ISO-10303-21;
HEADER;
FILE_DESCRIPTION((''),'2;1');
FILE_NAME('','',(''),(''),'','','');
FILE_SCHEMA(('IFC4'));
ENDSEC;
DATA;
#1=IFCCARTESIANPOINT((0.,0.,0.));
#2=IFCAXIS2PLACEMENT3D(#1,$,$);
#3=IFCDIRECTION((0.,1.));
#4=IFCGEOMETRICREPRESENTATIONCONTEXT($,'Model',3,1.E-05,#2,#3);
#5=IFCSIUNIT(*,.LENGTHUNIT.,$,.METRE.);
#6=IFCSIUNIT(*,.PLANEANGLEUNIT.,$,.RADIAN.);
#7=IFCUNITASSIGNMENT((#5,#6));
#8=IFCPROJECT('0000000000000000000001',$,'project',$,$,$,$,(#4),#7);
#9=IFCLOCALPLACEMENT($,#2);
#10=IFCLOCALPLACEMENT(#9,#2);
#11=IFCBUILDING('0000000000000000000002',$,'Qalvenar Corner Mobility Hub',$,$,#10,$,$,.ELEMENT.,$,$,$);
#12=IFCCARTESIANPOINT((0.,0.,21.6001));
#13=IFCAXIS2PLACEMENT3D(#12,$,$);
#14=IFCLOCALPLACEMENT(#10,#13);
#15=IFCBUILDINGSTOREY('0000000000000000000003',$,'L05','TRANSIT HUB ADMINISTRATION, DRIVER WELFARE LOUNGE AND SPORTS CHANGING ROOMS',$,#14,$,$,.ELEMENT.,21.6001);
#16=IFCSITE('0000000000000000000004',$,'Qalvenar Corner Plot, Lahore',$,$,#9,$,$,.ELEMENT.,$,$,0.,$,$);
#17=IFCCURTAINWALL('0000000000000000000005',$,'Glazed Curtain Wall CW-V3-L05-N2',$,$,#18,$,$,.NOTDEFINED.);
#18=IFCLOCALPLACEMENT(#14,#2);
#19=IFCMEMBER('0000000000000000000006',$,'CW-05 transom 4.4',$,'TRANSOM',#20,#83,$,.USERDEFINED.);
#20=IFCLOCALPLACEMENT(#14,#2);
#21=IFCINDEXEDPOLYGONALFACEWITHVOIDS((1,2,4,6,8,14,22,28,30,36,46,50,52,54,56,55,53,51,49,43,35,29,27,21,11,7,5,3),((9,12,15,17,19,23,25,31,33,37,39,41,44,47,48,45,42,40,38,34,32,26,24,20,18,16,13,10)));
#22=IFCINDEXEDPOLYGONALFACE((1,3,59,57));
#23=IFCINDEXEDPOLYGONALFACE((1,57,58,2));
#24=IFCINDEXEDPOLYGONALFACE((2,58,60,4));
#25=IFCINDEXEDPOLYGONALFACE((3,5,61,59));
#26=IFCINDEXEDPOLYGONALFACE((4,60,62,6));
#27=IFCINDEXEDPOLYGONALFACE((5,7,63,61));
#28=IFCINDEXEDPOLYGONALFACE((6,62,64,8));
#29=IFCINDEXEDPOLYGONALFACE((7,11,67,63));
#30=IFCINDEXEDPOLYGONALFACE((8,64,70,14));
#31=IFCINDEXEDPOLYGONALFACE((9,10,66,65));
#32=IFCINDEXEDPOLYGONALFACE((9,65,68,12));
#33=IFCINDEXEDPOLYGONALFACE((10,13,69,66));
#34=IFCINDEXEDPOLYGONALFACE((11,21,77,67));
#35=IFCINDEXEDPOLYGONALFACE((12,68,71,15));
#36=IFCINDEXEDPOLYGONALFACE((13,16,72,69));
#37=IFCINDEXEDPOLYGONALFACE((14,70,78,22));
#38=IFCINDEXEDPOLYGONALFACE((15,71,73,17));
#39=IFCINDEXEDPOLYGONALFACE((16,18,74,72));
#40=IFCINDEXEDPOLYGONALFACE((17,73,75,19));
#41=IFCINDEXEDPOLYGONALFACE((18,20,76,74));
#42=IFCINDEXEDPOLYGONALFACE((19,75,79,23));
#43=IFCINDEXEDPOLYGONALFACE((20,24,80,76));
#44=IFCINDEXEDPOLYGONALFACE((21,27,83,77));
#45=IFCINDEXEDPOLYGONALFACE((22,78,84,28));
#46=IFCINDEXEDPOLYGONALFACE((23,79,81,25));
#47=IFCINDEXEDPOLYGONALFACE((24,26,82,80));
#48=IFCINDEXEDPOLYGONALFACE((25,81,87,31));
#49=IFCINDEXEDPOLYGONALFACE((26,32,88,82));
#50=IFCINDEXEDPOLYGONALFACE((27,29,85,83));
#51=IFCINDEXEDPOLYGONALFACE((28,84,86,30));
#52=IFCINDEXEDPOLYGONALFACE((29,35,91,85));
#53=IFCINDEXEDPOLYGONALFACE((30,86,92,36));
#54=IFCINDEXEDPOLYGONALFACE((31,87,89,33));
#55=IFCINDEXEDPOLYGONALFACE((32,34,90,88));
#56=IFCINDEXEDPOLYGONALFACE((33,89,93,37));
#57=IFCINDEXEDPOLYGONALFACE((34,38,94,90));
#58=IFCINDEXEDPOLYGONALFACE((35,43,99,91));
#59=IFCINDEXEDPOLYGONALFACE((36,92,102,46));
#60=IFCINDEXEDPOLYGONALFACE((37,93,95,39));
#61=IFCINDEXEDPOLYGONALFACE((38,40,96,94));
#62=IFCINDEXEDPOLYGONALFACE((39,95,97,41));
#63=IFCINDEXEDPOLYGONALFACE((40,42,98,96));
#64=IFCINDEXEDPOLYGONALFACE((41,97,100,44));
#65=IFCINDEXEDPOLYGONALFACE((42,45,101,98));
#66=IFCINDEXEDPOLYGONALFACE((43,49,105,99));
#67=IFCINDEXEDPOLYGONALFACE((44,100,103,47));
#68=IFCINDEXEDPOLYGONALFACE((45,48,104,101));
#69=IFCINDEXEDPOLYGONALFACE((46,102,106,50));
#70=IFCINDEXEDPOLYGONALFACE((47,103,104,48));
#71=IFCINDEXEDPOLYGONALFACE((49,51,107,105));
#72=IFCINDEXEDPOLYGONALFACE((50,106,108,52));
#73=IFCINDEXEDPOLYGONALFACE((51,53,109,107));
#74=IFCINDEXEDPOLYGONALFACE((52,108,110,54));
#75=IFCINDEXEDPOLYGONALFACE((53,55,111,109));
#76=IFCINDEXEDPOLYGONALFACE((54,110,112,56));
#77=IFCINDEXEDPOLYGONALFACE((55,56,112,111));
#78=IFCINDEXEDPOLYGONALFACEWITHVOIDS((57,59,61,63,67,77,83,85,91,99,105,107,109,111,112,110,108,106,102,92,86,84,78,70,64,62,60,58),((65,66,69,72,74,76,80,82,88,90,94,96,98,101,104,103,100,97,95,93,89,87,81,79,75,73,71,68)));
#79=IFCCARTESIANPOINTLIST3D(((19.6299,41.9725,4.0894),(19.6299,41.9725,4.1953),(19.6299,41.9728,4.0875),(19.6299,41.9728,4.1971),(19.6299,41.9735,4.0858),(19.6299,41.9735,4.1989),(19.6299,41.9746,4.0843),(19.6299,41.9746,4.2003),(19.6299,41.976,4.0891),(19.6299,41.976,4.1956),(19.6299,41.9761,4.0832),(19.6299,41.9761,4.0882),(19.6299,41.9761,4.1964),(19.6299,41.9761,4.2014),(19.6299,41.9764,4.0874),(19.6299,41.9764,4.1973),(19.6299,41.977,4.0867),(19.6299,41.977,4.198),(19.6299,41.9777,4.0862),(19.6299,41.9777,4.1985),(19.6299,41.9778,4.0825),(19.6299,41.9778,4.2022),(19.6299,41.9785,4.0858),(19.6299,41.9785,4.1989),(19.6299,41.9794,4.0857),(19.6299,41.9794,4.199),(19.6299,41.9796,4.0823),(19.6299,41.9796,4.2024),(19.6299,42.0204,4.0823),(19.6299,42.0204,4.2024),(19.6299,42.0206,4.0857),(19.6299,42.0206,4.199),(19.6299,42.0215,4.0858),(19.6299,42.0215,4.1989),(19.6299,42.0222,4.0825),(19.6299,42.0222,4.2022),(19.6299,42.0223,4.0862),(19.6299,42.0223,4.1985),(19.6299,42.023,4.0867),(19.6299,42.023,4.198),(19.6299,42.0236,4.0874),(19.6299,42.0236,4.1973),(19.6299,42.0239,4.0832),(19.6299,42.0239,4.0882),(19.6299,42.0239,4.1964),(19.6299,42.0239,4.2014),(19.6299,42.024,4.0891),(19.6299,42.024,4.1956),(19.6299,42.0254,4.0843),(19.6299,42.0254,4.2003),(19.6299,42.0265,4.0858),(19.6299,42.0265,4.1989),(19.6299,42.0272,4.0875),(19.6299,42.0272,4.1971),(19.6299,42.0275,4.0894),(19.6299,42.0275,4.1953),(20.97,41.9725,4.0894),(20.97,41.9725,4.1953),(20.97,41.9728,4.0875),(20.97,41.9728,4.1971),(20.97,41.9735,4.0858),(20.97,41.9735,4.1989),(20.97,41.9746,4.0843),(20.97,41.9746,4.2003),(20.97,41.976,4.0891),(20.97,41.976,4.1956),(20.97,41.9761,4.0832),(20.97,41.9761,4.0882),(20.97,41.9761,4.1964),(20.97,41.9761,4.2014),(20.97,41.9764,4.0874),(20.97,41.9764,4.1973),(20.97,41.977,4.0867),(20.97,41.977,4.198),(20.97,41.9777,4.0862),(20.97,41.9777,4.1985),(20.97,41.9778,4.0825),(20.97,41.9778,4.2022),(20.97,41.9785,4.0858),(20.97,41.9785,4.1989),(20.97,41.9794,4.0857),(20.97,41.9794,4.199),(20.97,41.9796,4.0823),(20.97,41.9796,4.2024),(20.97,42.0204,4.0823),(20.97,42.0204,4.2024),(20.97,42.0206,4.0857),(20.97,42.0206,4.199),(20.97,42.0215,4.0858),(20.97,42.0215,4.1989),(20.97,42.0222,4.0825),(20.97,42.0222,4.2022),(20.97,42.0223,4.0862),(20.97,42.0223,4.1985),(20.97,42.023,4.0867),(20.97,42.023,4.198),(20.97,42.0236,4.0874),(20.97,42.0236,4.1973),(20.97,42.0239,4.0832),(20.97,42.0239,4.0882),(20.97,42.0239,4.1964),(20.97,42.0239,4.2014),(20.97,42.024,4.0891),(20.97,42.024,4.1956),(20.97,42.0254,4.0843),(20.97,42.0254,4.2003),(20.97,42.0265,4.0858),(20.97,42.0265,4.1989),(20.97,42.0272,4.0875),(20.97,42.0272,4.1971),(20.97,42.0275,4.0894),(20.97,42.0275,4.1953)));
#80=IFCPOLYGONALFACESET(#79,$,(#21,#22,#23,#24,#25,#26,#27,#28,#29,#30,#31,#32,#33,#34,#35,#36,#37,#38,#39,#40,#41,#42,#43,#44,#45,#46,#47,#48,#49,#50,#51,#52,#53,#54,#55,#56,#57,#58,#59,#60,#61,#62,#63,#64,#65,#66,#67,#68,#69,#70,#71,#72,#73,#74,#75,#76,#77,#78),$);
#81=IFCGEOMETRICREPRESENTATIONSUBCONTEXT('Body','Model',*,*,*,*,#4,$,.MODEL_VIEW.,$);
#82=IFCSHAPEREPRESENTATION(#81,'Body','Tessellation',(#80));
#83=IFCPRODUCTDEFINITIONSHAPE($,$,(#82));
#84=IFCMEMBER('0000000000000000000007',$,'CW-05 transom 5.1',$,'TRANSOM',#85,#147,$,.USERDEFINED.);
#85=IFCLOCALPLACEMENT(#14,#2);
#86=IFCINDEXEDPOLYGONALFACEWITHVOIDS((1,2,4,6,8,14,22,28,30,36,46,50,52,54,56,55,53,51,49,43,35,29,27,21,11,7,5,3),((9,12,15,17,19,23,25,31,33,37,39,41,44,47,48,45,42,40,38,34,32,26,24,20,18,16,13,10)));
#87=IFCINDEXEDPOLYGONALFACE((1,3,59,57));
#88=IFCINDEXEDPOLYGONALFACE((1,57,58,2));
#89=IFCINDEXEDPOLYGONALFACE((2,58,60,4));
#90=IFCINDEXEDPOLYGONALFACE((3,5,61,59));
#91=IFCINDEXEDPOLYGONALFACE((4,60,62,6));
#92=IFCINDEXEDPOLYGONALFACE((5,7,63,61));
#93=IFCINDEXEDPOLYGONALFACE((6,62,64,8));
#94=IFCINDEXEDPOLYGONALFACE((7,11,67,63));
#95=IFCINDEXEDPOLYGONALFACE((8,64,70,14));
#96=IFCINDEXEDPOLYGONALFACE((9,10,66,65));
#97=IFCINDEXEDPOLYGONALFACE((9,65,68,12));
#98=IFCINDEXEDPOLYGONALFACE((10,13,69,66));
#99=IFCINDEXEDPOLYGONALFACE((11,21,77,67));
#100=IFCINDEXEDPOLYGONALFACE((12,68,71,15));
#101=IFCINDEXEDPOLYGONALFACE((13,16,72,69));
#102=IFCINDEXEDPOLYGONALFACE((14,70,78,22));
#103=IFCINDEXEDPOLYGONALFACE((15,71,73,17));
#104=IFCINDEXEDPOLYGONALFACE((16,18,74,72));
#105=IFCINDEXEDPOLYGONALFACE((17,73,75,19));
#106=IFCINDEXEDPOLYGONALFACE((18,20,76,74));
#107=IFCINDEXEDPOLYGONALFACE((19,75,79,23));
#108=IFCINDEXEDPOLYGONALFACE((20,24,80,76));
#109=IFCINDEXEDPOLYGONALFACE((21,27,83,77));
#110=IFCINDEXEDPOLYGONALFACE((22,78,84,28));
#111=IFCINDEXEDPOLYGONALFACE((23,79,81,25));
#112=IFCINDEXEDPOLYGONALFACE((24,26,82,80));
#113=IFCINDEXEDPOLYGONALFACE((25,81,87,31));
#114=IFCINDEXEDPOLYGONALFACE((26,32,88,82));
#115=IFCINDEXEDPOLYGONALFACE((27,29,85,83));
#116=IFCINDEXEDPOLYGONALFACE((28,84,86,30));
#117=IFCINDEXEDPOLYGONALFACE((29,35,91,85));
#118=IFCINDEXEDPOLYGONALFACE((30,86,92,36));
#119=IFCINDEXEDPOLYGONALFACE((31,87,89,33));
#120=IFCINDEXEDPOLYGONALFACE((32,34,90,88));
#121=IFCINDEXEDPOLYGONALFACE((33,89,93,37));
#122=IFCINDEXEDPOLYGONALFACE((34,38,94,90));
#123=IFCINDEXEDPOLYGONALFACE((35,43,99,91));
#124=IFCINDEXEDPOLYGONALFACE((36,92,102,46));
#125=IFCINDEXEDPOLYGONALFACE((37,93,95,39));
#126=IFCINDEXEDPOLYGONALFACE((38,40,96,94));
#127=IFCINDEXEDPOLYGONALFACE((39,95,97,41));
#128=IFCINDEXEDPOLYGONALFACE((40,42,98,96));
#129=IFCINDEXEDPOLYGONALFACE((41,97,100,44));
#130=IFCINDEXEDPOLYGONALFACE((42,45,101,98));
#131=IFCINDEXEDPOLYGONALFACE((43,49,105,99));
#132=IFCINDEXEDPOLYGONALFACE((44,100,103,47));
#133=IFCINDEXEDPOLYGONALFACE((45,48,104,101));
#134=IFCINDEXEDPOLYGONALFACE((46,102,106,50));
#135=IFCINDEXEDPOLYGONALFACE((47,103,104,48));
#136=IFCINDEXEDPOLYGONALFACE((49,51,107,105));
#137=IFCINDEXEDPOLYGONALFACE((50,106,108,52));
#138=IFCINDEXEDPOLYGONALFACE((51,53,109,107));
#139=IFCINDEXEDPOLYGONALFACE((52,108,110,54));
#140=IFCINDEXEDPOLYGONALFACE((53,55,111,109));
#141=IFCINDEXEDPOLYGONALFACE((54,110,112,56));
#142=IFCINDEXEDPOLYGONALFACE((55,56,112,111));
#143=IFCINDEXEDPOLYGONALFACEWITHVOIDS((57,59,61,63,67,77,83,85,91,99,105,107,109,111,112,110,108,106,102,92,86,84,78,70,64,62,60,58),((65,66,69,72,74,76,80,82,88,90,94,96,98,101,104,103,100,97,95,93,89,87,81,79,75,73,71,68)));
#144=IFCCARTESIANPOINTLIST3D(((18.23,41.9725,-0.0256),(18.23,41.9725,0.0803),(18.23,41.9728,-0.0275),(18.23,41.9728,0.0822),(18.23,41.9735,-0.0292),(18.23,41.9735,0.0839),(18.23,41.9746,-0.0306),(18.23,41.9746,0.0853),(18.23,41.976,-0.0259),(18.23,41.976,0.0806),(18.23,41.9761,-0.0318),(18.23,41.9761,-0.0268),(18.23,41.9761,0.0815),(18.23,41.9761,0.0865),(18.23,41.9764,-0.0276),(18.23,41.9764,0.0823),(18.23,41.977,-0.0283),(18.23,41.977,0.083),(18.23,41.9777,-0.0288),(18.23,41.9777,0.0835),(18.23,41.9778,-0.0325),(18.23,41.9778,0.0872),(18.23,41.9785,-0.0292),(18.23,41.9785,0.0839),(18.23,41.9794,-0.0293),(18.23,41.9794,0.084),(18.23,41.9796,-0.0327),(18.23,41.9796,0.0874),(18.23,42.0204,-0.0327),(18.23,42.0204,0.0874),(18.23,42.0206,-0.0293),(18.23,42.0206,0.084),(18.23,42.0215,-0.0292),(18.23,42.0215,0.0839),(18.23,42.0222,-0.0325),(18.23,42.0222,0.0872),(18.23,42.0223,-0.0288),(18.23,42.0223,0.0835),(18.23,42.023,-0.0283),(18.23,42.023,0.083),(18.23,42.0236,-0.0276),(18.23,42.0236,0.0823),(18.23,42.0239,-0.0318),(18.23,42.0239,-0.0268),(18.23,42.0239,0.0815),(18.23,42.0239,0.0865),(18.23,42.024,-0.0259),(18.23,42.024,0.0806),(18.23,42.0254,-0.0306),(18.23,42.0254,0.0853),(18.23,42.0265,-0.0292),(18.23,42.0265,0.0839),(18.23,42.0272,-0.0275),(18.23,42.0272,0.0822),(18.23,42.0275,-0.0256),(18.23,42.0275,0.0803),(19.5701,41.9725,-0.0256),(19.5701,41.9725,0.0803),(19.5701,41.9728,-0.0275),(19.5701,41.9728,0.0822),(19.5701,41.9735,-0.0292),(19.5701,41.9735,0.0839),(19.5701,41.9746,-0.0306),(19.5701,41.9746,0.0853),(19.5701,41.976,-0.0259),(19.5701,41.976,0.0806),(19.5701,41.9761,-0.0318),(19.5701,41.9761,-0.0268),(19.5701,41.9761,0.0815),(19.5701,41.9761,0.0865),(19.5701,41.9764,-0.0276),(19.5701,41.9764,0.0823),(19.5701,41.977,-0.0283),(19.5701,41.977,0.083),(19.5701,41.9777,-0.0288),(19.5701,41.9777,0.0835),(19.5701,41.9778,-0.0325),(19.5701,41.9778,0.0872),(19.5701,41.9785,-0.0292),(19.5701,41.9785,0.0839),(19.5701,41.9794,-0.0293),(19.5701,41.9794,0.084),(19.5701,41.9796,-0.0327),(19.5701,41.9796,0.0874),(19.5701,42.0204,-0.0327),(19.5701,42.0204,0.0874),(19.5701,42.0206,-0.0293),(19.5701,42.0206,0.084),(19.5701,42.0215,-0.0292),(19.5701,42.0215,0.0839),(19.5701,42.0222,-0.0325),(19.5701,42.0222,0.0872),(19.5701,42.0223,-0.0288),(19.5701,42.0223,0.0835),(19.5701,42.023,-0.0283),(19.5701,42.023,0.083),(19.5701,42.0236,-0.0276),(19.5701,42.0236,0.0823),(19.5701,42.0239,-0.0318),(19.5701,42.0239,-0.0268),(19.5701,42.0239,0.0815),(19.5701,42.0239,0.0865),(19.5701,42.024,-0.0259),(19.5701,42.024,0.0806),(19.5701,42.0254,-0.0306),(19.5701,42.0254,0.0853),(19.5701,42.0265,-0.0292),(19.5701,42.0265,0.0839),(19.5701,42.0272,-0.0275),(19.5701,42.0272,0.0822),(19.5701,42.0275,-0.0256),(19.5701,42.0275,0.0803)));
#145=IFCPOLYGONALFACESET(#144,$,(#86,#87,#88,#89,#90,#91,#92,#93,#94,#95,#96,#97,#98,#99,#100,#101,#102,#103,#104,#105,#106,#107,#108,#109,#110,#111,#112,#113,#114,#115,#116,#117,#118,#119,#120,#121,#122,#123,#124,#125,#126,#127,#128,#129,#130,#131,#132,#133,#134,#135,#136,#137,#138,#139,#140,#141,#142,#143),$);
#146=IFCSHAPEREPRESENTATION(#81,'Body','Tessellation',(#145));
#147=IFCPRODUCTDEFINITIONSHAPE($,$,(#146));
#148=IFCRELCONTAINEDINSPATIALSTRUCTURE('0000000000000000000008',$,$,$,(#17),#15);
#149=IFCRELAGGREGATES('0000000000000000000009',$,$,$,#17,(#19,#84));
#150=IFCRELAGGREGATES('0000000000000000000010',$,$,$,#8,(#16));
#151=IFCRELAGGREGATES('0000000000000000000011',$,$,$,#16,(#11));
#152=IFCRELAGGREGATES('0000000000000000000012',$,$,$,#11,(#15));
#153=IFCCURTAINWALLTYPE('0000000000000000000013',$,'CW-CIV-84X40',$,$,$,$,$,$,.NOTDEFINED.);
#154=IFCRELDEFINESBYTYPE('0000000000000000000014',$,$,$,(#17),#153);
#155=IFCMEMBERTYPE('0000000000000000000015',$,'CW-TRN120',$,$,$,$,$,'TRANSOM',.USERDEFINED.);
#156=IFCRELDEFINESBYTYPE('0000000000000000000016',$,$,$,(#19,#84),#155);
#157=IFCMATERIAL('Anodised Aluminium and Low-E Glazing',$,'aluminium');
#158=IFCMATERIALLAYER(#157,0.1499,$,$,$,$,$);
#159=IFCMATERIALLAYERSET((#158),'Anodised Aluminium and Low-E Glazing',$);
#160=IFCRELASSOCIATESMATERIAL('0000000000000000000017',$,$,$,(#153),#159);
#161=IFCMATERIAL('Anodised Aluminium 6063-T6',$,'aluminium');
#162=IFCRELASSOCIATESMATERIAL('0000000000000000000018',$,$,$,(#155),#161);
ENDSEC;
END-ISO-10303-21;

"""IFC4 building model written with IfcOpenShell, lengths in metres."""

from ifc_helpers import new_model, si_unit, direction, frame, origin, origin_2d, place, context, subcontext, project, spatial, hollow_rectangle, extrude, material, layer, layer_set, material_profile, profile_set, type_object, element, aggregate, save


model = new_model("IFC4")

# Units and contexts
model_context = context("Model", 3, precision=1e-05, world=origin(), true_north=direction((0.0, 1.0)))
body_context = subcontext(model_context, "Body", "Model", "MODEL_VIEW")
ifc_project = project(units=[si_unit("LENGTHUNIT", "METRE"), si_unit("PLANEANGLEUNIT", "RADIAN")], contexts=[model_context])

# Site, building, storey
site_placement = place(None, origin())
site = spatial("IfcSite", under=ifc_project, at=site_placement, Name="Qalvenar Corner Plot, Lahore", CompositionType="ELEMENT", RefElevation=0.0)
building_placement = place(site_placement, origin())
building = spatial("IfcBuilding", under=site, at=building_placement, Name="Qalvenar Corner Mobility Hub", CompositionType="ELEMENT")
storey_placement = place(building_placement, frame((0.0, 0.0, 21.6001)))
storey = spatial("IfcBuildingStorey", under=building, at=storey_placement, Name="L05", Description="TRANSIT HUB ADMINISTRATION, DRIVER WELFARE LOUNGE AND SPORTS CHANGING ROOMS", CompositionType="ELEMENT", Elevation=21.6001)

# Curtain wall, members
ifc_material_1 = material(Name="Anodised Aluminium and Low-E Glazing", Category="aluminium")
ifc_layer_1 = layer(ifc_material_1, 0.1499)
ifc_layer_set_1 = layer_set([ifc_layer_1], Name="Anodised Aluminium and Low-E Glazing")
curtain_wall_type = type_object("IfcCurtainWallType", Name="CW-CIV-84X40", PredefinedType="NOTDEFINED", material=ifc_layer_set_1)
curtain_wall_placement = place(storey_placement, origin())
curtain_wall = element("IfcCurtainWall", 1, at=curtain_wall_placement, inside=storey, type_object=curtain_wall_type, Name="Glazed Curtain Wall CW-V3-L05-N2", PredefinedType="NOTDEFINED")
ifc_material_2 = material(Name="Anodised Aluminium 6063-T6", Category="aluminium")
ifc_material_profile_1 = material_profile(ifc_material_2, hollow_rectangle(XDim=0.0549, YDim=0.1201, WallThickness=0.0034, InnerFilletRadius=0.0034, OuterFilletRadius=0.0071, at=origin_2d()), Name="RHS120x55x3.5")
ifc_profile_set_1 = profile_set([ifc_material_profile_1], Name="Anodised Aluminium 6063-T6")
member_type_1 = type_object("IfcMemberType", Name="CW-TRN120", ElementType="TRANSOM", PredefinedType="USERDEFINED", material=ifc_profile_set_1)
member_1_placement = place(storey_placement, frame((20.97, 42.0, 4.1423), z_axis=(-1.0, 0.0, 0.0), x_axis=(0.0, -1.0, 0.0)))
member_1 = element("IfcMember", 2, at=member_1_placement, type_object=member_type_1, Name="CW-05 transom 4.4", ObjectType="TRANSOM", PredefinedType="USERDEFINED", context=body_context, shape_type="SweptSolid", body=[
    extrude(hollow_rectangle(XDim=0.0549, YDim=0.1201, WallThickness=0.0034, InnerFilletRadius=0.0034, OuterFilletRadius=0.0071, at=origin_2d()), origin(), (0.0, 0.0, 1.0), 1.3401),
])
member_2_placement = place(storey_placement, frame((19.5701, 42.0, 0.0273), z_axis=(-1.0, 0.0, 0.0), x_axis=(0.0, -1.0, 0.0)))
member_2 = element("IfcMember", 3, at=member_2_placement, type_object=member_type_1, Name="CW-05 transom 5.1", ObjectType="TRANSOM", PredefinedType="USERDEFINED", context=body_context, shape_type="SweptSolid", body=[
    extrude(hollow_rectangle(XDim=0.0549, YDim=0.1201, WallThickness=0.0034, InnerFilletRadius=0.0034, OuterFilletRadius=0.0071, at=origin_2d()), origin(), (0.0, 0.0, 1.0), 1.3401),
])
aggregate(curtain_wall, [member_1, member_2])

save(model, "model.ifc")
